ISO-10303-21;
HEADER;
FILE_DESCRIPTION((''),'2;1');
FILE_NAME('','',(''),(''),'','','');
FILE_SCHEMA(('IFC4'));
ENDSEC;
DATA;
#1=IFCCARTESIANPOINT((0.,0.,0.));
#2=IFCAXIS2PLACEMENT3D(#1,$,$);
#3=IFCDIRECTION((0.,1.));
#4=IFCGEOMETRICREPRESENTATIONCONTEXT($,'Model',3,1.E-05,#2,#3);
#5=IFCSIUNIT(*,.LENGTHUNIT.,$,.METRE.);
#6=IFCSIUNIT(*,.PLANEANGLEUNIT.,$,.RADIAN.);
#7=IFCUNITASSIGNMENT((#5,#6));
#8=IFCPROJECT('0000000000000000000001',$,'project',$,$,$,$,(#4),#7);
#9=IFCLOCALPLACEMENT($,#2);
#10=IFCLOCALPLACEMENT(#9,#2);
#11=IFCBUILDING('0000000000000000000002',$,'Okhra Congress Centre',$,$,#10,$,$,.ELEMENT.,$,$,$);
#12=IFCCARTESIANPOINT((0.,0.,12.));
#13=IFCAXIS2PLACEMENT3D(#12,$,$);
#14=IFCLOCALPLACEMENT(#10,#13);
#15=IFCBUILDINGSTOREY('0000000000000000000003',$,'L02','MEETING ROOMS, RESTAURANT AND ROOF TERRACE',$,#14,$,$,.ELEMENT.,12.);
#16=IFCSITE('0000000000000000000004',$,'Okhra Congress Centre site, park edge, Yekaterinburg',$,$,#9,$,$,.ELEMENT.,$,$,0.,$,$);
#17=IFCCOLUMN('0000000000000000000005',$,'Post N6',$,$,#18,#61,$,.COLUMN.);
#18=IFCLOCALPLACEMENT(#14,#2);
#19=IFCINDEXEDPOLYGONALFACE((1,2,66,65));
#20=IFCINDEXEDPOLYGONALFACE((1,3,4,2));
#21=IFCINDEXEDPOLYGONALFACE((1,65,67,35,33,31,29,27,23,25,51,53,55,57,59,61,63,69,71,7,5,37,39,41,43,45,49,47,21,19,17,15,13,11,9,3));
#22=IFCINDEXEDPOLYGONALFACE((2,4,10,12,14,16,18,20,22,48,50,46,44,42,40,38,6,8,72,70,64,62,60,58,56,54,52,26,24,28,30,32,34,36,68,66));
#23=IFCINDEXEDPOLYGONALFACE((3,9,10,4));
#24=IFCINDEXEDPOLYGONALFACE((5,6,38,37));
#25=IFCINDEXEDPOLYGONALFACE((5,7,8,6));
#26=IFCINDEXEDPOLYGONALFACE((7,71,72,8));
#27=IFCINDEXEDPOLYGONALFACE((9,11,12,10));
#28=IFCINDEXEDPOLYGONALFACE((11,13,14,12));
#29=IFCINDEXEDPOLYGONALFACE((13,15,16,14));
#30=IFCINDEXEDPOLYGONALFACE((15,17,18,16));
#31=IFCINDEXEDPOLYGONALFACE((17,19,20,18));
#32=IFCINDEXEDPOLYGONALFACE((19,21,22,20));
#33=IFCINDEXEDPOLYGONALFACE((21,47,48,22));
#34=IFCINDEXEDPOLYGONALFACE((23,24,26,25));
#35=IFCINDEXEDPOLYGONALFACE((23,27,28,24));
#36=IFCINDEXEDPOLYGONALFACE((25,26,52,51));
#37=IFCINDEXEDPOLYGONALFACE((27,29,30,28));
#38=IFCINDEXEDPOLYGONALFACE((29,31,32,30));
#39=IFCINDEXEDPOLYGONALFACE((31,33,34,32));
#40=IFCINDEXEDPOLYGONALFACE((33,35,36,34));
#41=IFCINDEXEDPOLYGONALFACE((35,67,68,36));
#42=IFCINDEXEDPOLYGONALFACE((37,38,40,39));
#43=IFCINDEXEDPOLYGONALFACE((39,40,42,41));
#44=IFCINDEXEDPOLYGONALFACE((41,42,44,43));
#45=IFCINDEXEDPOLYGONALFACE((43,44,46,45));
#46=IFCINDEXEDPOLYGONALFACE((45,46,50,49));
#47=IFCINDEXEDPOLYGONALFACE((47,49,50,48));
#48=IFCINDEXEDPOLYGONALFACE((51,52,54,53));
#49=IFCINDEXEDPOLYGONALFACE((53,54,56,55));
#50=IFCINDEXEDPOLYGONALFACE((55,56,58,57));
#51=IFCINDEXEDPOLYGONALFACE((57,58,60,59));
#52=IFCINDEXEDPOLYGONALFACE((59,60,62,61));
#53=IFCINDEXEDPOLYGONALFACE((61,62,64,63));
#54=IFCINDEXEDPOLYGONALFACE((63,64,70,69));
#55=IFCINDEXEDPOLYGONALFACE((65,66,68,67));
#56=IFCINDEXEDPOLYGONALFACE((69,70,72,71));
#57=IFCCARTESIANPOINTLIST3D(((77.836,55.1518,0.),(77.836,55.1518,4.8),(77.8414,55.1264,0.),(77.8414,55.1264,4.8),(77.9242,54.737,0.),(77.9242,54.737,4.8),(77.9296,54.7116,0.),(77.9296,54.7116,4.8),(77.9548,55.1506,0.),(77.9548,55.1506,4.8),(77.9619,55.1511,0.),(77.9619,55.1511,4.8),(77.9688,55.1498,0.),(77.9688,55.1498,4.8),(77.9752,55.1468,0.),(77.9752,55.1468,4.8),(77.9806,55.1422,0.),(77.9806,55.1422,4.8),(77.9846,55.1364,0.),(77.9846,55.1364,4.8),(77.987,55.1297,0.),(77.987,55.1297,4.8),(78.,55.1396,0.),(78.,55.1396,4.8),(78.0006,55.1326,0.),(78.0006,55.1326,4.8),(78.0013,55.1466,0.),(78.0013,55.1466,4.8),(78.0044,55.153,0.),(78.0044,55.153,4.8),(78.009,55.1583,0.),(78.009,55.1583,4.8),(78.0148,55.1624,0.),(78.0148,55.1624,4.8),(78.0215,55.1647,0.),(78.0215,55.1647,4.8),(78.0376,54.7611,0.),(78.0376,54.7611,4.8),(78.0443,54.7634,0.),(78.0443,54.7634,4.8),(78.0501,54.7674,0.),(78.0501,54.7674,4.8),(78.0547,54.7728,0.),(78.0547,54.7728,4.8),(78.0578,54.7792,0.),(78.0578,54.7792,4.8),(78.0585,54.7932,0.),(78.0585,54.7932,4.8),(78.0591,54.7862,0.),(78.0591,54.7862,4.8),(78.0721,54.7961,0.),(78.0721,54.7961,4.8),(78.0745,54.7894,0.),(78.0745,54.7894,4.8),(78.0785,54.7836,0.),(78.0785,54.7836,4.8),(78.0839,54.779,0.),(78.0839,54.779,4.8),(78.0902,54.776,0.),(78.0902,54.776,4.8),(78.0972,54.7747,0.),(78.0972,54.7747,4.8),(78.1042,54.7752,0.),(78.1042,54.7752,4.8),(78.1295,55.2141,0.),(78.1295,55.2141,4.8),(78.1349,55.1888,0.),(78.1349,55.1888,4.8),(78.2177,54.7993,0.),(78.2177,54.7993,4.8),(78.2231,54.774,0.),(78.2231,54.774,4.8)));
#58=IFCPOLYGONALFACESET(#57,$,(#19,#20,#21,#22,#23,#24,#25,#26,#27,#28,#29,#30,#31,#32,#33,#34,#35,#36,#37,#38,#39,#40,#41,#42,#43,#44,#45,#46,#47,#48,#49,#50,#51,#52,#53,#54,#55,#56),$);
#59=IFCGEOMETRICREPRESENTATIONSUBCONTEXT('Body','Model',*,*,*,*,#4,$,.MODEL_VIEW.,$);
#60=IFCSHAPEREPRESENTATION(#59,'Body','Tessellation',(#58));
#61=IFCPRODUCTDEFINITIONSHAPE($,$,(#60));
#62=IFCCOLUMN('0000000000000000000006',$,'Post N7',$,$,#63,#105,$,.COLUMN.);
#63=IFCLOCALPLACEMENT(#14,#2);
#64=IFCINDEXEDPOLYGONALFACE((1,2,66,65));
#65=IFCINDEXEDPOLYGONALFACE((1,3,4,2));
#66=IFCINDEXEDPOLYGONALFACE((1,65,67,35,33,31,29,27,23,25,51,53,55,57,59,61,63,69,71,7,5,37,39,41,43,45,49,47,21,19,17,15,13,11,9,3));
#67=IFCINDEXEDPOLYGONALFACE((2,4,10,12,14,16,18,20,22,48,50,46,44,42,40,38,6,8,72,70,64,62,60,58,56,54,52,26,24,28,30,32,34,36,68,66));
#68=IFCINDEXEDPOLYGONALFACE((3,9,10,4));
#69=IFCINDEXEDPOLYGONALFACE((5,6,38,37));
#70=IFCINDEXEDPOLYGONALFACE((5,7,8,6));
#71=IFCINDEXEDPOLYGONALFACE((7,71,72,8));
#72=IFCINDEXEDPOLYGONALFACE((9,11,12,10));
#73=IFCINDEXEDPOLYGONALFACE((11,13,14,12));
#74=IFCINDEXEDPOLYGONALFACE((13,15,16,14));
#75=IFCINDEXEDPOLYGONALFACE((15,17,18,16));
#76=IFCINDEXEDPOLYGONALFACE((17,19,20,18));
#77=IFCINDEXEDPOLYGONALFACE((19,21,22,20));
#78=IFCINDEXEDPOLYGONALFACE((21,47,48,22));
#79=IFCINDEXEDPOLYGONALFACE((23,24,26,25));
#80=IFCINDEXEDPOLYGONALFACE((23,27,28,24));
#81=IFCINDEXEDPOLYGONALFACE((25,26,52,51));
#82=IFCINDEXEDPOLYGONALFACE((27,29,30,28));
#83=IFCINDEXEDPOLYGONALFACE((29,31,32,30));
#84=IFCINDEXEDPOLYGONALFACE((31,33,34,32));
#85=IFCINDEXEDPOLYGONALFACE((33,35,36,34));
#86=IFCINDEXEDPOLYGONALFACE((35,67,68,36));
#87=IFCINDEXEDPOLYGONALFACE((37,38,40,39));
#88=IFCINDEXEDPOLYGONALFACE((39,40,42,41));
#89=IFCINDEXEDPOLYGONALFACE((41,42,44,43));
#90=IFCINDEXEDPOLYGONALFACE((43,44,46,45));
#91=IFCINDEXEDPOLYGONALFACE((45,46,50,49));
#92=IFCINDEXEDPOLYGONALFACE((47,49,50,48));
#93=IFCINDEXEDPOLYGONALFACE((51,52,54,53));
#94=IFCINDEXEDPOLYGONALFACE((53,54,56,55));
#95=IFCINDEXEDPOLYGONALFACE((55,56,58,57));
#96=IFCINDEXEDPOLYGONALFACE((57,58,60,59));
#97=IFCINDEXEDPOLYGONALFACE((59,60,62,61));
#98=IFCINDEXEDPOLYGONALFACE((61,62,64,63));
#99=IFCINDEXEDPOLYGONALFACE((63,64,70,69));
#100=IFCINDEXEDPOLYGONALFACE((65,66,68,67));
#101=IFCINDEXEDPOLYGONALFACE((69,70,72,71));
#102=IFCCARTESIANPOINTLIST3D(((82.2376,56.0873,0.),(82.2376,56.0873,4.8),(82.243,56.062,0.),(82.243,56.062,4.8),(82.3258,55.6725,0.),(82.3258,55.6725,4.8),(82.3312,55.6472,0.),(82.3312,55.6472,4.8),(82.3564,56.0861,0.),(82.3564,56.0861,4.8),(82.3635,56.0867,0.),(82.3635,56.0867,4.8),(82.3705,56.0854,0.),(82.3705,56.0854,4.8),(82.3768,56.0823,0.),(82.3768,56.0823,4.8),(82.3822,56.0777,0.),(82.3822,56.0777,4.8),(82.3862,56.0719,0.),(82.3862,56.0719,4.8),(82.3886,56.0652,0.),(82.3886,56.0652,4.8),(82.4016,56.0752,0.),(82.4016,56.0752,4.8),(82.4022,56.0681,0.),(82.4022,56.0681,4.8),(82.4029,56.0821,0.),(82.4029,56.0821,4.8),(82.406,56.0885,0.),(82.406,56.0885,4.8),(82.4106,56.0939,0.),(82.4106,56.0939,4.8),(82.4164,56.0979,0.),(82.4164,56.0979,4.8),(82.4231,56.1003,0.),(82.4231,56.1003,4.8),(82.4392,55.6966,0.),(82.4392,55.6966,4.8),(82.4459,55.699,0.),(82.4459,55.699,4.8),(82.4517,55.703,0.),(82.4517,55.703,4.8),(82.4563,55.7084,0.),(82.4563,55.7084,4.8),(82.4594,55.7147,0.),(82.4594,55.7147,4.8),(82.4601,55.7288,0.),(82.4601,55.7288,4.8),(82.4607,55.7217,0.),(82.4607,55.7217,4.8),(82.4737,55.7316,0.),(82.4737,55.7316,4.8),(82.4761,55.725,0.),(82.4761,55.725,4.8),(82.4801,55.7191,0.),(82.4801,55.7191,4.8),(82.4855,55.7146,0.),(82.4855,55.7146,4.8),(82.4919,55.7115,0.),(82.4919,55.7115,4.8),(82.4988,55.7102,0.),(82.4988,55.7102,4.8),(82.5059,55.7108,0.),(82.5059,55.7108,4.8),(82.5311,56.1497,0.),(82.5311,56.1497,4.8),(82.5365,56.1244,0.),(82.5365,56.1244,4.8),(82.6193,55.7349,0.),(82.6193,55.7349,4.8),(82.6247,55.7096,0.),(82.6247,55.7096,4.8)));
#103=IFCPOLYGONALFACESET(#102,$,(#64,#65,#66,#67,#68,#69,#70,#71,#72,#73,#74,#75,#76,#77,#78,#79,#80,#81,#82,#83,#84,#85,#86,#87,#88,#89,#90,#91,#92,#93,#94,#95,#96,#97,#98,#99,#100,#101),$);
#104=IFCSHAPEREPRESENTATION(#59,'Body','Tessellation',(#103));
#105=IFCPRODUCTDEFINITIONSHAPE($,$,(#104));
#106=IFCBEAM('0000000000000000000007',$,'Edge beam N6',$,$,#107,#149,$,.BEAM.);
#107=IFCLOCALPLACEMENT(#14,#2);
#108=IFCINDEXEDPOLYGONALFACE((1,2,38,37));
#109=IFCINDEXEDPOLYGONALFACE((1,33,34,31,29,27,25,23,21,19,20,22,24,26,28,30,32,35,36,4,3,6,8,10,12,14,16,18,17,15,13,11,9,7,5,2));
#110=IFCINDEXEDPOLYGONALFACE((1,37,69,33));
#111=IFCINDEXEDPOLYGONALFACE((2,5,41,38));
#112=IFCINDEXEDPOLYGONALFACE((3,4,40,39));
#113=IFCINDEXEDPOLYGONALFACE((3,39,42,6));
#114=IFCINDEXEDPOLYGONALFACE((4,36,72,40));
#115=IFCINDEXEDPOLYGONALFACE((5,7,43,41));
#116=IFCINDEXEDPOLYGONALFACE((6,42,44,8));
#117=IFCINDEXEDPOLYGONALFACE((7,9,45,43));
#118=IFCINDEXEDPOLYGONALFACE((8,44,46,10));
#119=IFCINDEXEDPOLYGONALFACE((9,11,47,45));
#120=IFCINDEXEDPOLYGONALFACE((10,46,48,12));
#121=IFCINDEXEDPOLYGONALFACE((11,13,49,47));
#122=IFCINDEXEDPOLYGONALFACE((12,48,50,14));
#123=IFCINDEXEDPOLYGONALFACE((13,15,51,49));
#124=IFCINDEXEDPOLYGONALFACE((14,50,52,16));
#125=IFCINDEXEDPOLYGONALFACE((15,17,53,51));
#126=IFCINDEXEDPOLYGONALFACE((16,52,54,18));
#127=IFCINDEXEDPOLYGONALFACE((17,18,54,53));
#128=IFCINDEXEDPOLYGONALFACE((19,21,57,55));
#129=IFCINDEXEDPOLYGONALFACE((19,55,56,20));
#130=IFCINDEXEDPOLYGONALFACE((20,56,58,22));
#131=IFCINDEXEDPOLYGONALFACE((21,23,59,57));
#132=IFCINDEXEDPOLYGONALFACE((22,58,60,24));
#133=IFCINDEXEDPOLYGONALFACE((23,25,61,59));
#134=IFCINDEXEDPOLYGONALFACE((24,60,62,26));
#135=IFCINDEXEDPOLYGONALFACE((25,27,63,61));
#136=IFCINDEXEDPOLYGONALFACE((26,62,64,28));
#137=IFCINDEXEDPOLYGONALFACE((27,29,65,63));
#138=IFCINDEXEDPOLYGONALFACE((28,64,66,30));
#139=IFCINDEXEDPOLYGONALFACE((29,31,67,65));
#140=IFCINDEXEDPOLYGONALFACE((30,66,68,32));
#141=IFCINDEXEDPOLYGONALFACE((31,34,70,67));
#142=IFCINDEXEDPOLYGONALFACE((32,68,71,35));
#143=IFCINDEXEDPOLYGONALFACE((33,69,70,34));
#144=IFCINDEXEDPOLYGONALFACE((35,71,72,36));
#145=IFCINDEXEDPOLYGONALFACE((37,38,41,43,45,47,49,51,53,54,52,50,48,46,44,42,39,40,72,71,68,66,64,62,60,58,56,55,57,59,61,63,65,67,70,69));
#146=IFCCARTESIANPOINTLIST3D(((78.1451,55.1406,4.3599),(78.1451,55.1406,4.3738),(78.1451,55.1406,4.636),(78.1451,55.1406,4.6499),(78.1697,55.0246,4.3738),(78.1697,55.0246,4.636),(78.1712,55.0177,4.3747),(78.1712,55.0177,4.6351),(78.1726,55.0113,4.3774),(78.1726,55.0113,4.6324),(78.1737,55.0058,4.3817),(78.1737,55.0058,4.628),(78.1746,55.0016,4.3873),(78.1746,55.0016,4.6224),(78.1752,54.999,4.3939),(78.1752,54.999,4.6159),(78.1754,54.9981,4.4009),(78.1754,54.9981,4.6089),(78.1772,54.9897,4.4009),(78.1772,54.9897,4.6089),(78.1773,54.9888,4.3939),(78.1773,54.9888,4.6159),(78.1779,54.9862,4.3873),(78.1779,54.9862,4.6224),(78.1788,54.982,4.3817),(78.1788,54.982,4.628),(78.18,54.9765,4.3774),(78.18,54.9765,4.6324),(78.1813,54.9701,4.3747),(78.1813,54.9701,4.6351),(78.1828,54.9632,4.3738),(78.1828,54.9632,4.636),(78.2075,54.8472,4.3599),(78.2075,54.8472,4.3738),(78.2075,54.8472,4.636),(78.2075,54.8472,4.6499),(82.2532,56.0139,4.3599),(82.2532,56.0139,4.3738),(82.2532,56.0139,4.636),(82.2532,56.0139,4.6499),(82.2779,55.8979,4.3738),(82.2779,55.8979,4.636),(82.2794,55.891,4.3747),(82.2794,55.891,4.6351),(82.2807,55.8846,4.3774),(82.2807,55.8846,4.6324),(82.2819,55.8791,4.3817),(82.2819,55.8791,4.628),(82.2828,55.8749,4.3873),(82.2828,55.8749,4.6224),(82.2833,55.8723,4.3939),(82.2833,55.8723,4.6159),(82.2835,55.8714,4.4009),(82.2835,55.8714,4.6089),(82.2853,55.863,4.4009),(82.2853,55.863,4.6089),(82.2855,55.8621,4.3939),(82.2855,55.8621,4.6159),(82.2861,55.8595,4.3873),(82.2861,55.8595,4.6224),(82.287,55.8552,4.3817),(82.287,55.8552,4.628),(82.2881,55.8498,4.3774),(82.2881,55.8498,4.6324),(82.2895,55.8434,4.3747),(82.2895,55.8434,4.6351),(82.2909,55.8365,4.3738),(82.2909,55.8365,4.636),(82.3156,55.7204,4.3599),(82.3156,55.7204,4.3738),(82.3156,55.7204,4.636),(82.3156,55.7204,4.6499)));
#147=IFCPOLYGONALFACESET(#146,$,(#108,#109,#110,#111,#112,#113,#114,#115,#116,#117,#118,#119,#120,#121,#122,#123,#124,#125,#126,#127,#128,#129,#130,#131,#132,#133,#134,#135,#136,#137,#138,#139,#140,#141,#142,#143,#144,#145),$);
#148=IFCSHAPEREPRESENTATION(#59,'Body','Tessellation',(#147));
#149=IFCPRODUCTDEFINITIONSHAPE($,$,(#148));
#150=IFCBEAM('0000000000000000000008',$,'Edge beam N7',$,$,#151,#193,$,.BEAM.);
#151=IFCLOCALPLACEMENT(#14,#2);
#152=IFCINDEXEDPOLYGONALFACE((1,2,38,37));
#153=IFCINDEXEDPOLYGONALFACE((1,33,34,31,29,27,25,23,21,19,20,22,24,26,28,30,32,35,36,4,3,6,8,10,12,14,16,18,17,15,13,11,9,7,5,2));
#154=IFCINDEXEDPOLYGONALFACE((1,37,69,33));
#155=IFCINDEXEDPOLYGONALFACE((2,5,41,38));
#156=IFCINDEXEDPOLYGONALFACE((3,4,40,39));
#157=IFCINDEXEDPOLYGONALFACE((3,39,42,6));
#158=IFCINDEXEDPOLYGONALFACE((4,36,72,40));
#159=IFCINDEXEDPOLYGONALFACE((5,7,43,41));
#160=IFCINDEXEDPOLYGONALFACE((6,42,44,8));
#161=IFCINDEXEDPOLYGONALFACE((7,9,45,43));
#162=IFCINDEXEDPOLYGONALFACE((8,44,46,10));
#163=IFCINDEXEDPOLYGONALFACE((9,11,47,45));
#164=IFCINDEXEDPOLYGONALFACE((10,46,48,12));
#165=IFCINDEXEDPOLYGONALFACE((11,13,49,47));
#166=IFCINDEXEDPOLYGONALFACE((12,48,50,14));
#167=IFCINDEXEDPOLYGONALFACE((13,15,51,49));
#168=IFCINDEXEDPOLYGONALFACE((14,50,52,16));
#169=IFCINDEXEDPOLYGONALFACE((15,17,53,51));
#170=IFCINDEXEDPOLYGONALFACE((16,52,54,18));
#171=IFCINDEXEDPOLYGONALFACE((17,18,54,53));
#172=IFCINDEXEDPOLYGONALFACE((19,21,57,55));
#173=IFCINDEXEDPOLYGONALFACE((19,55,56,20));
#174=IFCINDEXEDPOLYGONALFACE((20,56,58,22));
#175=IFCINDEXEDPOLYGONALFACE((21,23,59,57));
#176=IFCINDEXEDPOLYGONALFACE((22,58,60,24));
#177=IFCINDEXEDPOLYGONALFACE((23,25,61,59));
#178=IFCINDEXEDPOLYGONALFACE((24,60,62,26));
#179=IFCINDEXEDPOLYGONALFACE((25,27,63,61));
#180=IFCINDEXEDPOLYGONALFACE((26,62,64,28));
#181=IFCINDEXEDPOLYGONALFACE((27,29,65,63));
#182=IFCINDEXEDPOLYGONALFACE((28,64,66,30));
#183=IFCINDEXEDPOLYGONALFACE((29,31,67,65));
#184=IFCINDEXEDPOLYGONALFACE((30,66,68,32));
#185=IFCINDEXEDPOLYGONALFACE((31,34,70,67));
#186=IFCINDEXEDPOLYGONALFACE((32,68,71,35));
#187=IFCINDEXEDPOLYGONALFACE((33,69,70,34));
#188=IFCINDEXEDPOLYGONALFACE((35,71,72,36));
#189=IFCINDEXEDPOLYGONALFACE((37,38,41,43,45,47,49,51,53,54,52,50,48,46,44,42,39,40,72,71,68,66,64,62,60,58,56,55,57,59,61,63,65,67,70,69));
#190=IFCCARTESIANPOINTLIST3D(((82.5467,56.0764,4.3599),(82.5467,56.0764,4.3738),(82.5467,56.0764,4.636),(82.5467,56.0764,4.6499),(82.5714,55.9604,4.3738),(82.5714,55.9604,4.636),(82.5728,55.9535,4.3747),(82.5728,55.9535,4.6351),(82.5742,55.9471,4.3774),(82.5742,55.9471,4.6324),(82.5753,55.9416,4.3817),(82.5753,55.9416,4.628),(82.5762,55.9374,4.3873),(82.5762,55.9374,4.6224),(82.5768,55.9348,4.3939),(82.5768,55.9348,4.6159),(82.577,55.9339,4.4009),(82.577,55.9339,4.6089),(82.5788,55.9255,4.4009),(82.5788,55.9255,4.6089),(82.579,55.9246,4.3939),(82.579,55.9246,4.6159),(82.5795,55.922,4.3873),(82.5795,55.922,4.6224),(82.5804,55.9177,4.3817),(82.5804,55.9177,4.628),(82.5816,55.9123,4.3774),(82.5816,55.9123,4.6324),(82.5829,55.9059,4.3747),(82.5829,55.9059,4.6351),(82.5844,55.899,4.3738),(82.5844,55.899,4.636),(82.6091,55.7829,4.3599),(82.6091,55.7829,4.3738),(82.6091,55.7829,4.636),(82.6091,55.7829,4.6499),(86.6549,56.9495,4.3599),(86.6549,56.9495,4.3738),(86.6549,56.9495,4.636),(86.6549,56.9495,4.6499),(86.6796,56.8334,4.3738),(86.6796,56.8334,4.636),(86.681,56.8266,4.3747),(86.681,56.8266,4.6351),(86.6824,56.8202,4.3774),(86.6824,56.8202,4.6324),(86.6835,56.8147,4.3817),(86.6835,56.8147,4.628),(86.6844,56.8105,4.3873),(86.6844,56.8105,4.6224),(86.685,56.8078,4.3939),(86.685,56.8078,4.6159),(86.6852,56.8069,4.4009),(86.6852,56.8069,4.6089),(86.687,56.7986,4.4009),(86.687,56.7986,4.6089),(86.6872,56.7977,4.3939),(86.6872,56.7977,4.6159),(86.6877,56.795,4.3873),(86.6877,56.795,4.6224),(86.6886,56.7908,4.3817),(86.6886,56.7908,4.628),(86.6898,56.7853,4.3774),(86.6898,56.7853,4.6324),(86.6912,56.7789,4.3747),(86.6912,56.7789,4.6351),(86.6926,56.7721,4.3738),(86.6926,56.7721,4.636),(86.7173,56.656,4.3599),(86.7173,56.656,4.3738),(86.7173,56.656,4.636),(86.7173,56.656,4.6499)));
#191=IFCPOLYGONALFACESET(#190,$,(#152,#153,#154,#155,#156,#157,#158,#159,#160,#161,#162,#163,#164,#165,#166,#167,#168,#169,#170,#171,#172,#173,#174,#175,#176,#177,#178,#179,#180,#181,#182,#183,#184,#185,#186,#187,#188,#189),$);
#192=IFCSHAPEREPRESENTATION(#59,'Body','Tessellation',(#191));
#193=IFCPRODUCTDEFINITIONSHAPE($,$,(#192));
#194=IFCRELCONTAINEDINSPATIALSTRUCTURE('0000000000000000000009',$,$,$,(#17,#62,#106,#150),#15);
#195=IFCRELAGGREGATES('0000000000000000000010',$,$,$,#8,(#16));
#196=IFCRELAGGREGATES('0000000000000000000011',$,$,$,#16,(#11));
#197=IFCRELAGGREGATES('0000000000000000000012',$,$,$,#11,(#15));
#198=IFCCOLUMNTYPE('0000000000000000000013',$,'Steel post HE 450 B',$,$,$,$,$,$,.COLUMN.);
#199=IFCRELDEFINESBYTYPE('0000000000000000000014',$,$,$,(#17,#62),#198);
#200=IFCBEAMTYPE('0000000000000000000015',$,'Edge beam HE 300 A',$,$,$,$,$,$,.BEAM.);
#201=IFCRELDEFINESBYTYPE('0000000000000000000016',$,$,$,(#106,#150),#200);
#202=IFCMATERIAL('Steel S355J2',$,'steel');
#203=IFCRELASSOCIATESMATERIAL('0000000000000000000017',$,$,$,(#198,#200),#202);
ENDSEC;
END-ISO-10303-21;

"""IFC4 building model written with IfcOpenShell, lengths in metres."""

from ifc_helpers import new_model, si_unit, direction, frame, origin, origin_2d, place, context, subcontext, project, spatial, i_section, extrude, material, material_profile, profile_set, type_object, element, save


model = new_model("IFC4")

# Units and contexts
model_context = context("Model", 3, precision=1e-05, world=origin(), true_north=direction((0.0, 1.0)))
body_context = subcontext(model_context, "Body", "Model", "MODEL_VIEW")
ifc_project = project(units=[si_unit("LENGTHUNIT", "METRE"), si_unit("PLANEANGLEUNIT", "RADIAN")], contexts=[model_context])

# Site, building, storey
site_placement = place(None, origin())
site = spatial("IfcSite", under=ifc_project, at=site_placement, Name="Okhra Congress Centre site, park edge, Yekaterinburg", CompositionType="ELEMENT", RefElevation=0.0)
building_placement = place(site_placement, origin())
building = spatial("IfcBuilding", under=site, at=building_placement, Name="Okhra Congress Centre", CompositionType="ELEMENT")
storey_placement = place(building_placement, frame((0.0, 0.0, 12.0)))
storey = spatial("IfcBuildingStorey", under=building, at=storey_placement, Name="L02", Description="MEETING ROOMS, RESTAURANT AND ROOF TERRACE", CompositionType="ELEMENT", Elevation=12.0)

# Columns
ifc_material_1 = material(Name="Steel S355J2", Category="steel")
ifc_material_profile_1 = material_profile(ifc_material_1, i_section(OverallWidth=0.3, OverallDepth=0.45, WebThickness=0.0139, FlangeThickness=0.0259, FilletRadius=0.0271, at=origin_2d()), Name="HE 450 B")
ifc_profile_set_1 = profile_set([ifc_material_profile_1], Name="Steel S355J2")
column_type = type_object("IfcColumnType", Name="Steel post HE 450 B", PredefinedType="COLUMN", material=ifc_profile_set_1)
for number, where, z_axis, x_axis, name in (
    (1, (78.0295, 54.9629, 0.0), (0.0, 0.0, 1.0), (0.978148, 0.207912, 0.0), "Post N6"),
    (2, (82.4312, 55.8984, 0.0), (0.0, 0.0, 1.0), (0.978148, 0.207912, 0.0), "Post N7"),
):
    element("IfcColumn", number, at=place(storey_placement, frame(where, z_axis=z_axis, x_axis=x_axis)), inside=storey, type_object=column_type, Name=name, PredefinedType="COLUMN", context=body_context, shape_type="SweptSolid", body=[
        extrude(i_section(OverallWidth=0.3, OverallDepth=0.45, WebThickness=0.0139, FlangeThickness=0.0259, FilletRadius=0.0271, at=origin_2d()), origin(), (0.0, 0.0, 1.0), 4.8),
    ])

# Beams
ifc_material_profile_2 = material_profile(ifc_material_1, i_section(OverallWidth=0.3, OverallDepth=0.29, WebThickness=0.0085, FlangeThickness=0.0139, FilletRadius=0.0271, at=origin_2d()), Name="HE 300 A")
ifc_profile_set_2 = profile_set([ifc_material_profile_2], Name="Steel S355J2")
beam_type = type_object("IfcBeamType", Name="Edge beam HE 300 A", PredefinedType="BEAM", material=ifc_profile_set_2)
for number, where, z_axis, x_axis, name in (
    (3, (78.1763, 54.9939, 4.5049), (0.978144, 0.207929, 0.0), (-0.207929, 0.978144, 0.0), "Edge beam N6"),
    (4, (82.5779, 55.9297, 4.5049), (0.978156, 0.207873, 0.0), (-0.207873, 0.978156, 0.0), "Edge beam N7"),
):
    element("IfcBeam", number, at=place(storey_placement, frame(where, z_axis=z_axis, x_axis=x_axis)), inside=storey, type_object=beam_type, Name=name, PredefinedType="BEAM", context=body_context, shape_type="SweptSolid", body=[
        extrude(i_section(OverallWidth=0.3, OverallDepth=0.29, WebThickness=0.0085, FlangeThickness=0.0139, FilletRadius=0.0271, at=origin_2d()), origin(), (0.0, 0.0, 1.0), 4.2),
    ])

save(model, "model.ifc")
